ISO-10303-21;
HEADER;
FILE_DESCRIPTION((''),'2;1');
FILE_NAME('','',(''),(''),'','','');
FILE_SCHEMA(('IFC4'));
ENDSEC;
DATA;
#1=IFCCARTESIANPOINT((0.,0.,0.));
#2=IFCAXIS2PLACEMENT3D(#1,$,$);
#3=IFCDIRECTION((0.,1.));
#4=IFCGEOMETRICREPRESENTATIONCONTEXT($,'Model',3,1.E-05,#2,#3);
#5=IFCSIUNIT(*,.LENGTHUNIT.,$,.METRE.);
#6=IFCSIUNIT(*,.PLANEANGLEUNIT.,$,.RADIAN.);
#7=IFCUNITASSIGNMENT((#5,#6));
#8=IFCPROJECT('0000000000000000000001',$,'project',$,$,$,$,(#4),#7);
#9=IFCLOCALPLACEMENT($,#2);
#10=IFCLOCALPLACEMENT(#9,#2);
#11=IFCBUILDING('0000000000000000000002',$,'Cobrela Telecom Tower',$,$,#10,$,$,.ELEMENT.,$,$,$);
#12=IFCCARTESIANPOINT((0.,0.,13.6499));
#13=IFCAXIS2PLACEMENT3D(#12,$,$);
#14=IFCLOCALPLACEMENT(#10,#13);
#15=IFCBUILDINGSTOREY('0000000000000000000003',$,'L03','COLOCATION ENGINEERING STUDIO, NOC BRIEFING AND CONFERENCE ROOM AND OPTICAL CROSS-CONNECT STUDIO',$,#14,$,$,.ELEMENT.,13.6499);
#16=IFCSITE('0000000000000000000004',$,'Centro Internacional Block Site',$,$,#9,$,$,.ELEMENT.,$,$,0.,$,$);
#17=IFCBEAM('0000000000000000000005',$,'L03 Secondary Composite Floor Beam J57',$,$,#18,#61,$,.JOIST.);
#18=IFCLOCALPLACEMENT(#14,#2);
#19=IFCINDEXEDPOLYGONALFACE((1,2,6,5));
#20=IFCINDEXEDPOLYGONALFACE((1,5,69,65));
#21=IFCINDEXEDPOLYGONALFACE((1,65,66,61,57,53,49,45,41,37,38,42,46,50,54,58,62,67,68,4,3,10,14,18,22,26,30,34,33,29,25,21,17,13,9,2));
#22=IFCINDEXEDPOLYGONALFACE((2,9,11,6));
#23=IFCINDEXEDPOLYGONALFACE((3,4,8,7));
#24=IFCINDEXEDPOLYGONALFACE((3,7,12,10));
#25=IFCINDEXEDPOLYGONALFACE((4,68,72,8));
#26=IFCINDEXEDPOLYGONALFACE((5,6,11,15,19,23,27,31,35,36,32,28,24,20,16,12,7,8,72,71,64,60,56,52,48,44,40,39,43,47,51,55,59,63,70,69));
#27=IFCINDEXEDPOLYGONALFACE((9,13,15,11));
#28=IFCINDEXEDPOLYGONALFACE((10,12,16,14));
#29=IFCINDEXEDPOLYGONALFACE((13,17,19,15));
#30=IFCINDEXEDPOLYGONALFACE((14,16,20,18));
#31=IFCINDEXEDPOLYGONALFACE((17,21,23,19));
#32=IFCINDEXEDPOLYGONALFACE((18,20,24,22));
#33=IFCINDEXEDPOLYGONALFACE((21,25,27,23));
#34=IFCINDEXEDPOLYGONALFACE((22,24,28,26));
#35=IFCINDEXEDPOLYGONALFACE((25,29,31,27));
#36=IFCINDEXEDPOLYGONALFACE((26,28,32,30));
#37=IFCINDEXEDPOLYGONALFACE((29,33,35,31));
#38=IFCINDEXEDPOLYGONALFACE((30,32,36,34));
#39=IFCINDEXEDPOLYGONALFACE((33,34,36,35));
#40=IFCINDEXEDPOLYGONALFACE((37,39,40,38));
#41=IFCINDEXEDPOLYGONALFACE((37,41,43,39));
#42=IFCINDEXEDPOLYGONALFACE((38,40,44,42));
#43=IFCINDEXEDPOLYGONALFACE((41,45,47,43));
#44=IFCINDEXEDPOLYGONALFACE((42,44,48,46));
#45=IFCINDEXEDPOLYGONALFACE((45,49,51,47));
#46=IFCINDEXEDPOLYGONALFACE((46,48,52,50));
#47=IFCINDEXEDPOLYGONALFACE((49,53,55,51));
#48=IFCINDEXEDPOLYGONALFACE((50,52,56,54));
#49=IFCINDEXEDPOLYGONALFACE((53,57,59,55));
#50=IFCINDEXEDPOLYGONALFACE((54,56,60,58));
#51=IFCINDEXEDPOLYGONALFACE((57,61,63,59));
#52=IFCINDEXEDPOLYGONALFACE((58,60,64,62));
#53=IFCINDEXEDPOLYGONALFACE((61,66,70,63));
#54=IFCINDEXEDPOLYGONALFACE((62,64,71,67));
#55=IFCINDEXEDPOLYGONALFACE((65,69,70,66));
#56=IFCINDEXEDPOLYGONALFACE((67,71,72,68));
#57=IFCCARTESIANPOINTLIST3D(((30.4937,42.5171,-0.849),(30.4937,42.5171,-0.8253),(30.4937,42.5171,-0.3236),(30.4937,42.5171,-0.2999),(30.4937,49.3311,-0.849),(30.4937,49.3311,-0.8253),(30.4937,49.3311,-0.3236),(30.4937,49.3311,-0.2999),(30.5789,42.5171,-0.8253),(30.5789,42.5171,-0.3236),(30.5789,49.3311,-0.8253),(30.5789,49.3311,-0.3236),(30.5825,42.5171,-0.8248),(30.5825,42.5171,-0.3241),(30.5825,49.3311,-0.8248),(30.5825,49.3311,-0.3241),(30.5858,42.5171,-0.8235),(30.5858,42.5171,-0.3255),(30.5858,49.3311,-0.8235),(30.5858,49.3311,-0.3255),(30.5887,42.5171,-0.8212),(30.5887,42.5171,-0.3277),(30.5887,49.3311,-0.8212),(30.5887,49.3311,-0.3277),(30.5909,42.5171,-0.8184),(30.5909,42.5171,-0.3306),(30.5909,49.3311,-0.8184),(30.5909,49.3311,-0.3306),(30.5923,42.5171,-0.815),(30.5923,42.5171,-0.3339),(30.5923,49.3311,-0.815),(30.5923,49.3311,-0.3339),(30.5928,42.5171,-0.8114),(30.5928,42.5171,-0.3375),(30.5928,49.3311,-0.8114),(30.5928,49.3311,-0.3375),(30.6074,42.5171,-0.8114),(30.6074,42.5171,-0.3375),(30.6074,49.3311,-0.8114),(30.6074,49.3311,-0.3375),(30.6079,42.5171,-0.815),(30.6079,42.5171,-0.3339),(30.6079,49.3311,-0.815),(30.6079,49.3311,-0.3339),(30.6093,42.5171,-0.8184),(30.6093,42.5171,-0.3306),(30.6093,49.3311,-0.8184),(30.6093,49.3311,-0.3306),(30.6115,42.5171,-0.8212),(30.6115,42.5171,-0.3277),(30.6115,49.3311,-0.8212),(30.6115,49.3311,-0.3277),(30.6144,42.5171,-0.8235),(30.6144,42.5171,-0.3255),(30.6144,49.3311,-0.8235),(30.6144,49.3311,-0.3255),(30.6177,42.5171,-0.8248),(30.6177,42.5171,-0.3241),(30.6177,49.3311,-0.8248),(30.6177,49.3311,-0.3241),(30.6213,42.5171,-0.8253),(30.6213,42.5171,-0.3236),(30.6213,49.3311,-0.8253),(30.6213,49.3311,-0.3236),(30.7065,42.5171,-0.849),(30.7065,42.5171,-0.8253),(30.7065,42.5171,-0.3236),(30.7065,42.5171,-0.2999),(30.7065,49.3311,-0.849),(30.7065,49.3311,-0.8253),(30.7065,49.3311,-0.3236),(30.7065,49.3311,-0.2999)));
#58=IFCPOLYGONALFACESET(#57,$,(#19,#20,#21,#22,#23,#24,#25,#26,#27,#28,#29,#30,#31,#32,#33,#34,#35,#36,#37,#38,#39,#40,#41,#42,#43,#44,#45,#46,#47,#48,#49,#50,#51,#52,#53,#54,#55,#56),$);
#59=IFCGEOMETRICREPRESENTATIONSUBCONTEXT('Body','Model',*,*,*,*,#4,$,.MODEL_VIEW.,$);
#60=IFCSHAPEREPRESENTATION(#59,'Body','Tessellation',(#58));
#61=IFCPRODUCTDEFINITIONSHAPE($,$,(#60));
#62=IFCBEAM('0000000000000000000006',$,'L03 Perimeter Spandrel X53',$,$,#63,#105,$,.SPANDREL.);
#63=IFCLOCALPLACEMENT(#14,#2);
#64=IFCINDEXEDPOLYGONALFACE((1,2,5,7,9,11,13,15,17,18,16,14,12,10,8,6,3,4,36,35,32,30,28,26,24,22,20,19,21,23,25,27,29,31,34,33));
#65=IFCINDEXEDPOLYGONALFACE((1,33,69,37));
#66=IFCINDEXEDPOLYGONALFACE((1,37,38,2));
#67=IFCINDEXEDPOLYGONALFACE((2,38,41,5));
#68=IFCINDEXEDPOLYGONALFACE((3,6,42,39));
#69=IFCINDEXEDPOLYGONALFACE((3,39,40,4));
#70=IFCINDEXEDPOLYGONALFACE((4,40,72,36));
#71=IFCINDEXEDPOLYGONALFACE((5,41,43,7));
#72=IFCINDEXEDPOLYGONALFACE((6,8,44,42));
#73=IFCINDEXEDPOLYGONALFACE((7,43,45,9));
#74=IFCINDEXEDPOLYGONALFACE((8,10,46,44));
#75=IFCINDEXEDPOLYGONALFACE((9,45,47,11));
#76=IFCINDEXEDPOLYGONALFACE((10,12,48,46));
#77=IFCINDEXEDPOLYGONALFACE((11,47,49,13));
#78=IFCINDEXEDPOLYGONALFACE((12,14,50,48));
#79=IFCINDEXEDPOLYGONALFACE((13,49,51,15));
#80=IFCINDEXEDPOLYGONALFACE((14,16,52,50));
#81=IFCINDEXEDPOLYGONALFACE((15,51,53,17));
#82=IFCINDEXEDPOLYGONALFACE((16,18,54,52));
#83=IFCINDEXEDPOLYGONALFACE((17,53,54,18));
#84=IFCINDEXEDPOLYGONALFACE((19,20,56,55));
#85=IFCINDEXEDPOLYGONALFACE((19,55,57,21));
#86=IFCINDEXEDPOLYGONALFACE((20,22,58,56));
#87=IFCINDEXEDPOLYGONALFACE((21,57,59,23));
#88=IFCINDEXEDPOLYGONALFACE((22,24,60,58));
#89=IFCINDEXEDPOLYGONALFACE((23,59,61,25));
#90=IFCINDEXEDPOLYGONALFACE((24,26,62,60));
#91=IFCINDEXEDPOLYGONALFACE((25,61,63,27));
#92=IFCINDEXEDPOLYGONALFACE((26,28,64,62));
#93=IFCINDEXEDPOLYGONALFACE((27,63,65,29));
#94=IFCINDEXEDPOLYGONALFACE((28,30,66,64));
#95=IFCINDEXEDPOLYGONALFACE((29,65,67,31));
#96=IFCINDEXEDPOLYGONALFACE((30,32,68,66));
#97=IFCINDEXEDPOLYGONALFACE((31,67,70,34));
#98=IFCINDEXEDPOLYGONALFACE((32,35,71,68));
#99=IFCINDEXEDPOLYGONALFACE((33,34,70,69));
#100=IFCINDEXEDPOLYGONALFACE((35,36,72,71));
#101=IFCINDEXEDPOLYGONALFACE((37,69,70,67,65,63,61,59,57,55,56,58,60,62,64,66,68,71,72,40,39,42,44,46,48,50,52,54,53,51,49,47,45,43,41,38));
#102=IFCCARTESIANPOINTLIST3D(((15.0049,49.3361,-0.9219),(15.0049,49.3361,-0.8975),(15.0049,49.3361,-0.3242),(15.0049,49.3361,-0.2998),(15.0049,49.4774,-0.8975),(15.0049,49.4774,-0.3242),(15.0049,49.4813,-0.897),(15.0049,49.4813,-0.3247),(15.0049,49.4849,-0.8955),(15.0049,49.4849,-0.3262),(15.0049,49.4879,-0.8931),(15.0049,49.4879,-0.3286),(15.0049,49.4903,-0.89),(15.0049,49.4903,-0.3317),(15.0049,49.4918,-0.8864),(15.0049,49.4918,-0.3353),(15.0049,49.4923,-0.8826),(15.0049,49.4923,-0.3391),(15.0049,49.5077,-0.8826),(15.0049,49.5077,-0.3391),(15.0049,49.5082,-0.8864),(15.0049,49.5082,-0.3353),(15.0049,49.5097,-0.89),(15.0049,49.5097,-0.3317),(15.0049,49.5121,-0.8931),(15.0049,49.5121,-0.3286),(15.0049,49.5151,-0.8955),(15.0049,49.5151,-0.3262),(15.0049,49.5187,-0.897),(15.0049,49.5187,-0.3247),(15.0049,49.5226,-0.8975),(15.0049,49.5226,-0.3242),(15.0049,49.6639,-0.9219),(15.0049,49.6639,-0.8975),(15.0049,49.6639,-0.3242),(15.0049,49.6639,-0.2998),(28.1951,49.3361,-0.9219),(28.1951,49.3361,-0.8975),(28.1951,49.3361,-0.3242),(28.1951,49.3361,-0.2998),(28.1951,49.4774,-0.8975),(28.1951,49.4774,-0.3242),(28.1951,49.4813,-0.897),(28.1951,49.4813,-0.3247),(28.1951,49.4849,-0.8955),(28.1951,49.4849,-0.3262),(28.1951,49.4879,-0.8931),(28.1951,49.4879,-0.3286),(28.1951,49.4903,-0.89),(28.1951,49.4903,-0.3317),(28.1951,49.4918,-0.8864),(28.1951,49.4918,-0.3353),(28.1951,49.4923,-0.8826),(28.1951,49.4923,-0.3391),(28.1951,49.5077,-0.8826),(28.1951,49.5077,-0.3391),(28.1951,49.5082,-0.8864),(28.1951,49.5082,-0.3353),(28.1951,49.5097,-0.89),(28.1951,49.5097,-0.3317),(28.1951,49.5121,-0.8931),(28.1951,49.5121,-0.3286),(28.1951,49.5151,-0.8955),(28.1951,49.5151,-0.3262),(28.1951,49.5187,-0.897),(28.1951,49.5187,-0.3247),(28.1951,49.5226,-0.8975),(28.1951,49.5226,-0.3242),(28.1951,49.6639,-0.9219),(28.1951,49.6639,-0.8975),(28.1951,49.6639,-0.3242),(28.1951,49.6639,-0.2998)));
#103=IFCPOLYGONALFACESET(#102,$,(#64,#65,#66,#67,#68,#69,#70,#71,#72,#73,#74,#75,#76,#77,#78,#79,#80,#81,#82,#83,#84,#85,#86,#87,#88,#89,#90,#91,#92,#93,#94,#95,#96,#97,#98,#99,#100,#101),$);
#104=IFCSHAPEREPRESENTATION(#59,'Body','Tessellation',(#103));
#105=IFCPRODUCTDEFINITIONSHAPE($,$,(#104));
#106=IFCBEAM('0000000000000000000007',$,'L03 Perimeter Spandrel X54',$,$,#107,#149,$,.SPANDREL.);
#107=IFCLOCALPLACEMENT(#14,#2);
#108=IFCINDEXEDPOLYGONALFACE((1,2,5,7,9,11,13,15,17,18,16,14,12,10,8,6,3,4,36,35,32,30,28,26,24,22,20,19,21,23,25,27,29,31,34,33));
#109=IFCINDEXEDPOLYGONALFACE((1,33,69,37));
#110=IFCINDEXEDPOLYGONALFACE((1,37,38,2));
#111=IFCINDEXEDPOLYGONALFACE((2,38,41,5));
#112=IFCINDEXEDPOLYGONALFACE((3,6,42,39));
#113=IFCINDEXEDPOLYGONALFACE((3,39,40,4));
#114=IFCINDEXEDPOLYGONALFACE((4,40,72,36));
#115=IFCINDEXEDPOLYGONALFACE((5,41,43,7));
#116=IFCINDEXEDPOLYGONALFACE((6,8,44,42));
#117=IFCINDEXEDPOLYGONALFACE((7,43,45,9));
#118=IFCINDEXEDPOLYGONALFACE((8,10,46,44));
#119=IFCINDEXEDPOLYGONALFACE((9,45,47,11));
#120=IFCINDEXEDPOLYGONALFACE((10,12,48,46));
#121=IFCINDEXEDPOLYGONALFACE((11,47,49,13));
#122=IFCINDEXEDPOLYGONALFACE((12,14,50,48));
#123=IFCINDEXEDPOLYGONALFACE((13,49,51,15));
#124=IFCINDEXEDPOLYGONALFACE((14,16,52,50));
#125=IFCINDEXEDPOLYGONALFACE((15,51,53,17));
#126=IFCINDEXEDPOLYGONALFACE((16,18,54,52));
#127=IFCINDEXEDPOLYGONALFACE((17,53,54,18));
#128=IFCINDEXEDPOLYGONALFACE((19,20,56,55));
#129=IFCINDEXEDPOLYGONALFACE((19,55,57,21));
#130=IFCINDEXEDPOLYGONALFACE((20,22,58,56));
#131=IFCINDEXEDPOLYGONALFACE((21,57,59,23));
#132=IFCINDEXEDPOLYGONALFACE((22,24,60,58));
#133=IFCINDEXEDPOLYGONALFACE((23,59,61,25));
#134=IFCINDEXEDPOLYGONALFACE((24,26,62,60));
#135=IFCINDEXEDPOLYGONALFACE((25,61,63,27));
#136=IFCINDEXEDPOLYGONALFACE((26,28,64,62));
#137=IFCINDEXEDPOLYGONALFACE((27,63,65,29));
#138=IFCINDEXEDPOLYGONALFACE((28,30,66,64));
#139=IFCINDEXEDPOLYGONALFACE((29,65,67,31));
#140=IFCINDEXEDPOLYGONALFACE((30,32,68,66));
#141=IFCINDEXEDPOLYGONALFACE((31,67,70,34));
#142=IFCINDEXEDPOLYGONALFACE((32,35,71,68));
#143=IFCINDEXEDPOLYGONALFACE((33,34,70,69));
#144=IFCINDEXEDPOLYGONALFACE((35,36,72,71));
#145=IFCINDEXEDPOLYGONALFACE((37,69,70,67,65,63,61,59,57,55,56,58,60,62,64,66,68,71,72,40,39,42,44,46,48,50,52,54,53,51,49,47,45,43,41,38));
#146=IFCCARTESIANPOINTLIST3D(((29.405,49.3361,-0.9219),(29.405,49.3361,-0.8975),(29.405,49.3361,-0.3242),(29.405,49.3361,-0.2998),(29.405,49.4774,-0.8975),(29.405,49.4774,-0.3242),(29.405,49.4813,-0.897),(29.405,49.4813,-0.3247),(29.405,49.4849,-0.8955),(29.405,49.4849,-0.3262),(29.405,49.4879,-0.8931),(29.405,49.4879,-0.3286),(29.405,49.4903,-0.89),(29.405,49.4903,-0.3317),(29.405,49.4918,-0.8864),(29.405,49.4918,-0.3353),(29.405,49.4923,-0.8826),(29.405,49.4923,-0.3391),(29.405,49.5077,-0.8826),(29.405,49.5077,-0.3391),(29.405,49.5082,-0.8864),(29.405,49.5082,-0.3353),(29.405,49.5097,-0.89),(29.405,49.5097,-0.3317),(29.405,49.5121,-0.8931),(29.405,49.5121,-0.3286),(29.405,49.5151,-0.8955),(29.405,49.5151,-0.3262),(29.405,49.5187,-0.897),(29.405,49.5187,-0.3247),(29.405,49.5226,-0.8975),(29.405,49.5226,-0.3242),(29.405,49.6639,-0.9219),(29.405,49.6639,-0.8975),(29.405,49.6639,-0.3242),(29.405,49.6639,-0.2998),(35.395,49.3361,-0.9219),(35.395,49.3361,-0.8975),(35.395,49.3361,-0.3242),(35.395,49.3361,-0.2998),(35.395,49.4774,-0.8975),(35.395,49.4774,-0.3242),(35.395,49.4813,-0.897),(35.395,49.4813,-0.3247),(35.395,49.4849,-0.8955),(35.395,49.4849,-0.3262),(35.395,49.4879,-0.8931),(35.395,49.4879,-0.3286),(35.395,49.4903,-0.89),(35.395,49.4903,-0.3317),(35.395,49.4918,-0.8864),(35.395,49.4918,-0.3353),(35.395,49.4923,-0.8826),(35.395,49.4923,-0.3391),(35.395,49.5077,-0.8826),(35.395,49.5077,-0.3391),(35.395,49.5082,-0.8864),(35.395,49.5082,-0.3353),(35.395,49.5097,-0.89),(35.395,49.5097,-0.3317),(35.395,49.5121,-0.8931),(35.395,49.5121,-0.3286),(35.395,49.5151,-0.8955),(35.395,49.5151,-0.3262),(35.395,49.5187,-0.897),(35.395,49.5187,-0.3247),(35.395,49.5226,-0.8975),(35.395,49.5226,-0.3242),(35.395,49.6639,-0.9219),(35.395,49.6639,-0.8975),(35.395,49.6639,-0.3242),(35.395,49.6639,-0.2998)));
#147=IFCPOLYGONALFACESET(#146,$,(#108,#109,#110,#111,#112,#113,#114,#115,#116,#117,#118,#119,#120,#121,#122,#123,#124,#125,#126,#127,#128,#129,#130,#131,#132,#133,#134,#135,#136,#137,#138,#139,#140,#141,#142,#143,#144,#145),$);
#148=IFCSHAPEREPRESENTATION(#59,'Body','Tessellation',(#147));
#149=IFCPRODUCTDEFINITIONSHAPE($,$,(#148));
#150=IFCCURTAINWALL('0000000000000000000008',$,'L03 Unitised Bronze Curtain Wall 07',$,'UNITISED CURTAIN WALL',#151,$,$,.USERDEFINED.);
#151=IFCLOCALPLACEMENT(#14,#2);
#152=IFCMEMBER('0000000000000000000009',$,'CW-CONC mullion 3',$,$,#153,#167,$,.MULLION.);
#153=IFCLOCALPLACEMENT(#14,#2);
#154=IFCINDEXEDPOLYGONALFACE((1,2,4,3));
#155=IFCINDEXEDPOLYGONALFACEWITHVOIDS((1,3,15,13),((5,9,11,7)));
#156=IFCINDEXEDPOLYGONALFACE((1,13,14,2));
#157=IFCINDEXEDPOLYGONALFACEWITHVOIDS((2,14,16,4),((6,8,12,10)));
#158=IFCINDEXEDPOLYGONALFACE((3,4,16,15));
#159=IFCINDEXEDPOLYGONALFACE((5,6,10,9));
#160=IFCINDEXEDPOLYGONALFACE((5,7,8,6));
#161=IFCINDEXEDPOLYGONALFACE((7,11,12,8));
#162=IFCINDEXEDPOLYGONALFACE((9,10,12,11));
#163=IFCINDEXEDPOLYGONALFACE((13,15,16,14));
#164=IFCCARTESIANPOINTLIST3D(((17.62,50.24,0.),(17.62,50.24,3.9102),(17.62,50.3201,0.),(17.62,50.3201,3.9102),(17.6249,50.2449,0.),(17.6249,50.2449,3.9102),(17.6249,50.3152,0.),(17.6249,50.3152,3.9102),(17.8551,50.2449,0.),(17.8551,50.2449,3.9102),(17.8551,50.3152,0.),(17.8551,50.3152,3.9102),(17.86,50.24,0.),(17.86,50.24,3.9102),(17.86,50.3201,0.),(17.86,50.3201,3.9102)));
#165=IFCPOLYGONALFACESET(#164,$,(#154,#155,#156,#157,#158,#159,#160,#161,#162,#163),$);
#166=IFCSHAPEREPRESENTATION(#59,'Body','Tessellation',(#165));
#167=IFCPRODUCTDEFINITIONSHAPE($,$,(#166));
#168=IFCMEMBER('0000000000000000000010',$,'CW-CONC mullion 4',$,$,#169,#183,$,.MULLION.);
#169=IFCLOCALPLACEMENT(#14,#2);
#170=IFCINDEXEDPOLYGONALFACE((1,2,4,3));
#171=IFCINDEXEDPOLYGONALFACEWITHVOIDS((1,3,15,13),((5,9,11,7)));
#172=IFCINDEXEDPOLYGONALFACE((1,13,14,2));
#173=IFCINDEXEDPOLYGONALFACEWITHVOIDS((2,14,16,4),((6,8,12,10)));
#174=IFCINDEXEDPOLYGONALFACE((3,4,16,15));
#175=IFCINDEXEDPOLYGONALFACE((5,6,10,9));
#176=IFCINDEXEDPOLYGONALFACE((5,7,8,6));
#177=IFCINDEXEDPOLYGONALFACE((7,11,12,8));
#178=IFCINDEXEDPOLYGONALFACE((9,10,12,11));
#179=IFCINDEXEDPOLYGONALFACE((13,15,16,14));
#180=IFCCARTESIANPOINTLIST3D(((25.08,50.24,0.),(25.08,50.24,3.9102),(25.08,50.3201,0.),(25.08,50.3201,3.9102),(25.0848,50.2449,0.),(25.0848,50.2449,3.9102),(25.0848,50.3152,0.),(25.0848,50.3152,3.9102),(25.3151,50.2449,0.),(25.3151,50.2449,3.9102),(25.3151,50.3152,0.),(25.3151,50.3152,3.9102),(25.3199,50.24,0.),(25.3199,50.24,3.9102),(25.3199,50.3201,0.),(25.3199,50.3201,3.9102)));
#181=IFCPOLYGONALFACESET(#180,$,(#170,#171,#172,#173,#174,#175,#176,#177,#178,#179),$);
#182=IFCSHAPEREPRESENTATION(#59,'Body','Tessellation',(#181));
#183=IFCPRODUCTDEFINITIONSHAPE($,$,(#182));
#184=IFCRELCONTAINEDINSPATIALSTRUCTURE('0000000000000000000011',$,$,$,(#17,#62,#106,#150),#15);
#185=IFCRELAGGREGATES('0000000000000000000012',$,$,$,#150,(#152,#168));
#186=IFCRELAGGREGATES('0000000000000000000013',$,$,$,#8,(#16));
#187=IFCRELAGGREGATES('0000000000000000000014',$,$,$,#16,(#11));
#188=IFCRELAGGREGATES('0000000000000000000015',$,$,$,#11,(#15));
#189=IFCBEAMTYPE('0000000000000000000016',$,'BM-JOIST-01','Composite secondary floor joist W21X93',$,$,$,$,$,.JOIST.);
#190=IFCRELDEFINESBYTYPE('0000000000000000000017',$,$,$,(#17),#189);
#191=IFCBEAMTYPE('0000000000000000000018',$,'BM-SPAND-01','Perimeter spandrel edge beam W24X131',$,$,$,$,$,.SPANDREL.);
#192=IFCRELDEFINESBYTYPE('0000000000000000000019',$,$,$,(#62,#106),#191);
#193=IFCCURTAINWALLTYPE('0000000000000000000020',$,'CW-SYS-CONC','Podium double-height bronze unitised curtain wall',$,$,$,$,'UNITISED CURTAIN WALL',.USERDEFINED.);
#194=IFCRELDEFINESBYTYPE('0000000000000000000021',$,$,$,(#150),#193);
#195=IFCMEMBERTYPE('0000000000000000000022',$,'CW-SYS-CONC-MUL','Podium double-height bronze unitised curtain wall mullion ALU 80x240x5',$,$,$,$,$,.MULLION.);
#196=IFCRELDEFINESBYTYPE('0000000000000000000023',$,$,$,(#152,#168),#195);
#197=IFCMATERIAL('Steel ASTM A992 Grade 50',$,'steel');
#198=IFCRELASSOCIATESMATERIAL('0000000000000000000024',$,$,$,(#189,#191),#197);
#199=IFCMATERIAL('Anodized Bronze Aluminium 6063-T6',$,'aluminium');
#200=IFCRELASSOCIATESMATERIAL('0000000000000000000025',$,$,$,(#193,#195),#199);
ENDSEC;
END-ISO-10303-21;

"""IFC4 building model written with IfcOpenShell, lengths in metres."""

from ifc_helpers import new_model, si_unit, direction, frame, origin, origin_2d, place, context, subcontext, project, spatial, hollow_rectangle, i_section, extrude, material, material_profile, profile_set, type_object, element, aggregate, save


model = new_model("IFC4")

# Units and contexts
model_context = context("Model", 3, precision=1e-05, world=origin(), true_north=direction((0.0, 1.0)))
body_context = subcontext(model_context, "Body", "Model", "MODEL_VIEW")
ifc_project = project(units=[si_unit("LENGTHUNIT", "METRE"), si_unit("PLANEANGLEUNIT", "RADIAN")], contexts=[model_context])

# Site, building, storey
site_placement = place(None, origin())
site = spatial("IfcSite", under=ifc_project, at=site_placement, Name="Centro Internacional Block Site", CompositionType="ELEMENT", RefElevation=0.0)
building_placement = place(site_placement, origin())
building = spatial("IfcBuilding", under=site, at=building_placement, Name="Cobrela Telecom Tower", CompositionType="ELEMENT")
storey_placement = place(building_placement, frame((0.0, 0.0, 13.6499)))
storey = spatial("IfcBuildingStorey", under=building, at=storey_placement, Name="L03", Description="COLOCATION ENGINEERING STUDIO, NOC BRIEFING AND CONFERENCE ROOM AND OPTICAL CROSS-CONNECT STUDIO", CompositionType="ELEMENT", Elevation=13.6499)

# Beams
ifc_material_1 = material(Name="Steel ASTM A992 Grade 50", Category="steel")
ifc_material_profile_1 = material_profile(ifc_material_1, i_section(OverallWidth=0.2129, OverallDepth=0.5491, WebThickness=0.0146, FlangeThickness=0.0237, FilletRadius=0.0139, at=origin_2d()), Name="W21X93")
ifc_profile_set_1 = profile_set([ifc_material_profile_1], Name="Steel ASTM A992 Grade 50")
beam_type_1 = type_object("IfcBeamType", Name="BM-JOIST-01", Description="Composite secondary floor joist W21X93", PredefinedType="JOIST", material=ifc_profile_set_1)
for number, where, z_axis, x_axis, name in (
    (1, (30.6001, 42.5171, -0.5745), (0.0, 1.0, 0.0), (-1.0, 0.0, 0.0), "L03 Secondary Composite Floor Beam J57"),
):
    element("IfcBeam", number, at=place(storey_placement, frame(where, z_axis=z_axis, x_axis=x_axis)), inside=storey, type_object=beam_type_1, Name=name, PredefinedType="JOIST", context=body_context, shape_type="SweptSolid", body=[
        extrude(i_section(OverallWidth=0.2129, OverallDepth=0.5491, WebThickness=0.0146, FlangeThickness=0.0237, FilletRadius=0.0139, at=origin_2d()), origin(), (0.0, 0.0, 1.0), 6.814),
    ])
ifc_material_profile_2 = material_profile(ifc_material_1, i_section(OverallWidth=0.3279, OverallDepth=0.6221, WebThickness=0.0154, FlangeThickness=0.0244, FilletRadius=0.0149, at=origin_2d()), Name="W24X131")
ifc_profile_set_2 = profile_set([ifc_material_profile_2], Name="Steel ASTM A992 Grade 50")
beam_type_2 = type_object("IfcBeamType", Name="BM-SPAND-01", Description="Perimeter spandrel edge beam W24X131", PredefinedType="SPANDREL", material=ifc_profile_set_2)
beam_1_placement = place(storey_placement, frame((15.0049, 49.5, -0.6108), z_axis=(1.0, 0.0, 0.0), x_axis=(0.0, 1.0, 0.0)))
element("IfcBeam", 2, at=beam_1_placement, inside=storey, type_object=beam_type_2, Name="L03 Perimeter Spandrel X53", PredefinedType="SPANDREL", context=body_context, shape_type="SweptSolid", body=[
    extrude(i_section(OverallWidth=0.3279, OverallDepth=0.6221, WebThickness=0.0154, FlangeThickness=0.0244, FilletRadius=0.0149, at=origin_2d()), origin(), (0.0, 0.0, 1.0), 13.1902),
])
beam_2_placement = place(storey_placement, frame((29.405, 49.5, -0.6108), z_axis=(1.0, 0.0, 0.0), x_axis=(0.0, 1.0, 0.0)))
element("IfcBeam", 3, at=beam_2_placement, inside=storey, type_object=beam_type_2, Name="L03 Perimeter Spandrel X54", PredefinedType="SPANDREL", context=body_context, shape_type="SweptSolid", body=[
    extrude(i_section(OverallWidth=0.3279, OverallDepth=0.6221, WebThickness=0.0154, FlangeThickness=0.0244, FilletRadius=0.0149, at=origin_2d()), origin(), (0.0, 0.0, 1.0), 5.99),
])

# Curtain wall, members
ifc_material_2 = material(Name="Anodized Bronze Aluminium 6063-T6", Category="aluminium")
curtain_wall_type = type_object("IfcCurtainWallType", Name="CW-SYS-CONC", Description="Podium double-height bronze unitised curtain wall", ElementType="UNITISED CURTAIN WALL", PredefinedType="USERDEFINED", material=ifc_material_2)
curtain_wall_placement = place(storey_placement, origin())
curtain_wall = element("IfcCurtainWall", 4, at=curtain_wall_placement, inside=storey, type_object=curtain_wall_type, Name="L03 Unitised Bronze Curtain Wall 07", ObjectType="UNITISED CURTAIN WALL", PredefinedType="USERDEFINED")
ifc_material_profile_3 = material_profile(ifc_material_2, hollow_rectangle(XDim=0.0801, YDim=0.24, WallThickness=0.0049, at=origin_2d()), Name="ALU 80x240x5")
ifc_profile_set_3 = profile_set([ifc_material_profile_3], Name="Anodized Bronze Aluminium 6063-T6")
member_type_1 = type_object("IfcMemberType", Name="CW-SYS-CONC-MUL", Description="Podium double-height bronze unitised curtain wall mullion ALU 80x240x5", PredefinedType="MULLION", material=ifc_profile_set_3)
member_1_placement = place(storey_placement, frame((17.74, 50.28, 0.0), z_axis=(0.0, 0.0, 1.0), x_axis=(0.0, 1.0, 0.0)))
member_1 = element("IfcMember", 5, at=member_1_placement, type_object=member_type_1, Name="CW-CONC mullion 3", PredefinedType="MULLION", context=body_context, shape_type="SweptSolid", body=[
    extrude(hollow_rectangle(XDim=0.0801, YDim=0.24, WallThickness=0.0049, at=origin_2d()), origin(), (0.0, 0.0, 1.0), 3.9102),
])
member_2_placement = place(storey_placement, frame((25.2, 50.28, 0.0), z_axis=(0.0, 0.0, 1.0), x_axis=(0.0, 1.0, 0.0)))
member_2 = element("IfcMember", 6, at=member_2_placement, type_object=member_type_1, Name="CW-CONC mullion 4", PredefinedType="MULLION", context=body_context, shape_type="SweptSolid", body=[
    extrude(hollow_rectangle(XDim=0.0801, YDim=0.24, WallThickness=0.0049, at=origin_2d()), origin(), (0.0, 0.0, 1.0), 3.9102),
])
aggregate(curtain_wall, [member_1, member_2])

save(model, "model.ifc")
